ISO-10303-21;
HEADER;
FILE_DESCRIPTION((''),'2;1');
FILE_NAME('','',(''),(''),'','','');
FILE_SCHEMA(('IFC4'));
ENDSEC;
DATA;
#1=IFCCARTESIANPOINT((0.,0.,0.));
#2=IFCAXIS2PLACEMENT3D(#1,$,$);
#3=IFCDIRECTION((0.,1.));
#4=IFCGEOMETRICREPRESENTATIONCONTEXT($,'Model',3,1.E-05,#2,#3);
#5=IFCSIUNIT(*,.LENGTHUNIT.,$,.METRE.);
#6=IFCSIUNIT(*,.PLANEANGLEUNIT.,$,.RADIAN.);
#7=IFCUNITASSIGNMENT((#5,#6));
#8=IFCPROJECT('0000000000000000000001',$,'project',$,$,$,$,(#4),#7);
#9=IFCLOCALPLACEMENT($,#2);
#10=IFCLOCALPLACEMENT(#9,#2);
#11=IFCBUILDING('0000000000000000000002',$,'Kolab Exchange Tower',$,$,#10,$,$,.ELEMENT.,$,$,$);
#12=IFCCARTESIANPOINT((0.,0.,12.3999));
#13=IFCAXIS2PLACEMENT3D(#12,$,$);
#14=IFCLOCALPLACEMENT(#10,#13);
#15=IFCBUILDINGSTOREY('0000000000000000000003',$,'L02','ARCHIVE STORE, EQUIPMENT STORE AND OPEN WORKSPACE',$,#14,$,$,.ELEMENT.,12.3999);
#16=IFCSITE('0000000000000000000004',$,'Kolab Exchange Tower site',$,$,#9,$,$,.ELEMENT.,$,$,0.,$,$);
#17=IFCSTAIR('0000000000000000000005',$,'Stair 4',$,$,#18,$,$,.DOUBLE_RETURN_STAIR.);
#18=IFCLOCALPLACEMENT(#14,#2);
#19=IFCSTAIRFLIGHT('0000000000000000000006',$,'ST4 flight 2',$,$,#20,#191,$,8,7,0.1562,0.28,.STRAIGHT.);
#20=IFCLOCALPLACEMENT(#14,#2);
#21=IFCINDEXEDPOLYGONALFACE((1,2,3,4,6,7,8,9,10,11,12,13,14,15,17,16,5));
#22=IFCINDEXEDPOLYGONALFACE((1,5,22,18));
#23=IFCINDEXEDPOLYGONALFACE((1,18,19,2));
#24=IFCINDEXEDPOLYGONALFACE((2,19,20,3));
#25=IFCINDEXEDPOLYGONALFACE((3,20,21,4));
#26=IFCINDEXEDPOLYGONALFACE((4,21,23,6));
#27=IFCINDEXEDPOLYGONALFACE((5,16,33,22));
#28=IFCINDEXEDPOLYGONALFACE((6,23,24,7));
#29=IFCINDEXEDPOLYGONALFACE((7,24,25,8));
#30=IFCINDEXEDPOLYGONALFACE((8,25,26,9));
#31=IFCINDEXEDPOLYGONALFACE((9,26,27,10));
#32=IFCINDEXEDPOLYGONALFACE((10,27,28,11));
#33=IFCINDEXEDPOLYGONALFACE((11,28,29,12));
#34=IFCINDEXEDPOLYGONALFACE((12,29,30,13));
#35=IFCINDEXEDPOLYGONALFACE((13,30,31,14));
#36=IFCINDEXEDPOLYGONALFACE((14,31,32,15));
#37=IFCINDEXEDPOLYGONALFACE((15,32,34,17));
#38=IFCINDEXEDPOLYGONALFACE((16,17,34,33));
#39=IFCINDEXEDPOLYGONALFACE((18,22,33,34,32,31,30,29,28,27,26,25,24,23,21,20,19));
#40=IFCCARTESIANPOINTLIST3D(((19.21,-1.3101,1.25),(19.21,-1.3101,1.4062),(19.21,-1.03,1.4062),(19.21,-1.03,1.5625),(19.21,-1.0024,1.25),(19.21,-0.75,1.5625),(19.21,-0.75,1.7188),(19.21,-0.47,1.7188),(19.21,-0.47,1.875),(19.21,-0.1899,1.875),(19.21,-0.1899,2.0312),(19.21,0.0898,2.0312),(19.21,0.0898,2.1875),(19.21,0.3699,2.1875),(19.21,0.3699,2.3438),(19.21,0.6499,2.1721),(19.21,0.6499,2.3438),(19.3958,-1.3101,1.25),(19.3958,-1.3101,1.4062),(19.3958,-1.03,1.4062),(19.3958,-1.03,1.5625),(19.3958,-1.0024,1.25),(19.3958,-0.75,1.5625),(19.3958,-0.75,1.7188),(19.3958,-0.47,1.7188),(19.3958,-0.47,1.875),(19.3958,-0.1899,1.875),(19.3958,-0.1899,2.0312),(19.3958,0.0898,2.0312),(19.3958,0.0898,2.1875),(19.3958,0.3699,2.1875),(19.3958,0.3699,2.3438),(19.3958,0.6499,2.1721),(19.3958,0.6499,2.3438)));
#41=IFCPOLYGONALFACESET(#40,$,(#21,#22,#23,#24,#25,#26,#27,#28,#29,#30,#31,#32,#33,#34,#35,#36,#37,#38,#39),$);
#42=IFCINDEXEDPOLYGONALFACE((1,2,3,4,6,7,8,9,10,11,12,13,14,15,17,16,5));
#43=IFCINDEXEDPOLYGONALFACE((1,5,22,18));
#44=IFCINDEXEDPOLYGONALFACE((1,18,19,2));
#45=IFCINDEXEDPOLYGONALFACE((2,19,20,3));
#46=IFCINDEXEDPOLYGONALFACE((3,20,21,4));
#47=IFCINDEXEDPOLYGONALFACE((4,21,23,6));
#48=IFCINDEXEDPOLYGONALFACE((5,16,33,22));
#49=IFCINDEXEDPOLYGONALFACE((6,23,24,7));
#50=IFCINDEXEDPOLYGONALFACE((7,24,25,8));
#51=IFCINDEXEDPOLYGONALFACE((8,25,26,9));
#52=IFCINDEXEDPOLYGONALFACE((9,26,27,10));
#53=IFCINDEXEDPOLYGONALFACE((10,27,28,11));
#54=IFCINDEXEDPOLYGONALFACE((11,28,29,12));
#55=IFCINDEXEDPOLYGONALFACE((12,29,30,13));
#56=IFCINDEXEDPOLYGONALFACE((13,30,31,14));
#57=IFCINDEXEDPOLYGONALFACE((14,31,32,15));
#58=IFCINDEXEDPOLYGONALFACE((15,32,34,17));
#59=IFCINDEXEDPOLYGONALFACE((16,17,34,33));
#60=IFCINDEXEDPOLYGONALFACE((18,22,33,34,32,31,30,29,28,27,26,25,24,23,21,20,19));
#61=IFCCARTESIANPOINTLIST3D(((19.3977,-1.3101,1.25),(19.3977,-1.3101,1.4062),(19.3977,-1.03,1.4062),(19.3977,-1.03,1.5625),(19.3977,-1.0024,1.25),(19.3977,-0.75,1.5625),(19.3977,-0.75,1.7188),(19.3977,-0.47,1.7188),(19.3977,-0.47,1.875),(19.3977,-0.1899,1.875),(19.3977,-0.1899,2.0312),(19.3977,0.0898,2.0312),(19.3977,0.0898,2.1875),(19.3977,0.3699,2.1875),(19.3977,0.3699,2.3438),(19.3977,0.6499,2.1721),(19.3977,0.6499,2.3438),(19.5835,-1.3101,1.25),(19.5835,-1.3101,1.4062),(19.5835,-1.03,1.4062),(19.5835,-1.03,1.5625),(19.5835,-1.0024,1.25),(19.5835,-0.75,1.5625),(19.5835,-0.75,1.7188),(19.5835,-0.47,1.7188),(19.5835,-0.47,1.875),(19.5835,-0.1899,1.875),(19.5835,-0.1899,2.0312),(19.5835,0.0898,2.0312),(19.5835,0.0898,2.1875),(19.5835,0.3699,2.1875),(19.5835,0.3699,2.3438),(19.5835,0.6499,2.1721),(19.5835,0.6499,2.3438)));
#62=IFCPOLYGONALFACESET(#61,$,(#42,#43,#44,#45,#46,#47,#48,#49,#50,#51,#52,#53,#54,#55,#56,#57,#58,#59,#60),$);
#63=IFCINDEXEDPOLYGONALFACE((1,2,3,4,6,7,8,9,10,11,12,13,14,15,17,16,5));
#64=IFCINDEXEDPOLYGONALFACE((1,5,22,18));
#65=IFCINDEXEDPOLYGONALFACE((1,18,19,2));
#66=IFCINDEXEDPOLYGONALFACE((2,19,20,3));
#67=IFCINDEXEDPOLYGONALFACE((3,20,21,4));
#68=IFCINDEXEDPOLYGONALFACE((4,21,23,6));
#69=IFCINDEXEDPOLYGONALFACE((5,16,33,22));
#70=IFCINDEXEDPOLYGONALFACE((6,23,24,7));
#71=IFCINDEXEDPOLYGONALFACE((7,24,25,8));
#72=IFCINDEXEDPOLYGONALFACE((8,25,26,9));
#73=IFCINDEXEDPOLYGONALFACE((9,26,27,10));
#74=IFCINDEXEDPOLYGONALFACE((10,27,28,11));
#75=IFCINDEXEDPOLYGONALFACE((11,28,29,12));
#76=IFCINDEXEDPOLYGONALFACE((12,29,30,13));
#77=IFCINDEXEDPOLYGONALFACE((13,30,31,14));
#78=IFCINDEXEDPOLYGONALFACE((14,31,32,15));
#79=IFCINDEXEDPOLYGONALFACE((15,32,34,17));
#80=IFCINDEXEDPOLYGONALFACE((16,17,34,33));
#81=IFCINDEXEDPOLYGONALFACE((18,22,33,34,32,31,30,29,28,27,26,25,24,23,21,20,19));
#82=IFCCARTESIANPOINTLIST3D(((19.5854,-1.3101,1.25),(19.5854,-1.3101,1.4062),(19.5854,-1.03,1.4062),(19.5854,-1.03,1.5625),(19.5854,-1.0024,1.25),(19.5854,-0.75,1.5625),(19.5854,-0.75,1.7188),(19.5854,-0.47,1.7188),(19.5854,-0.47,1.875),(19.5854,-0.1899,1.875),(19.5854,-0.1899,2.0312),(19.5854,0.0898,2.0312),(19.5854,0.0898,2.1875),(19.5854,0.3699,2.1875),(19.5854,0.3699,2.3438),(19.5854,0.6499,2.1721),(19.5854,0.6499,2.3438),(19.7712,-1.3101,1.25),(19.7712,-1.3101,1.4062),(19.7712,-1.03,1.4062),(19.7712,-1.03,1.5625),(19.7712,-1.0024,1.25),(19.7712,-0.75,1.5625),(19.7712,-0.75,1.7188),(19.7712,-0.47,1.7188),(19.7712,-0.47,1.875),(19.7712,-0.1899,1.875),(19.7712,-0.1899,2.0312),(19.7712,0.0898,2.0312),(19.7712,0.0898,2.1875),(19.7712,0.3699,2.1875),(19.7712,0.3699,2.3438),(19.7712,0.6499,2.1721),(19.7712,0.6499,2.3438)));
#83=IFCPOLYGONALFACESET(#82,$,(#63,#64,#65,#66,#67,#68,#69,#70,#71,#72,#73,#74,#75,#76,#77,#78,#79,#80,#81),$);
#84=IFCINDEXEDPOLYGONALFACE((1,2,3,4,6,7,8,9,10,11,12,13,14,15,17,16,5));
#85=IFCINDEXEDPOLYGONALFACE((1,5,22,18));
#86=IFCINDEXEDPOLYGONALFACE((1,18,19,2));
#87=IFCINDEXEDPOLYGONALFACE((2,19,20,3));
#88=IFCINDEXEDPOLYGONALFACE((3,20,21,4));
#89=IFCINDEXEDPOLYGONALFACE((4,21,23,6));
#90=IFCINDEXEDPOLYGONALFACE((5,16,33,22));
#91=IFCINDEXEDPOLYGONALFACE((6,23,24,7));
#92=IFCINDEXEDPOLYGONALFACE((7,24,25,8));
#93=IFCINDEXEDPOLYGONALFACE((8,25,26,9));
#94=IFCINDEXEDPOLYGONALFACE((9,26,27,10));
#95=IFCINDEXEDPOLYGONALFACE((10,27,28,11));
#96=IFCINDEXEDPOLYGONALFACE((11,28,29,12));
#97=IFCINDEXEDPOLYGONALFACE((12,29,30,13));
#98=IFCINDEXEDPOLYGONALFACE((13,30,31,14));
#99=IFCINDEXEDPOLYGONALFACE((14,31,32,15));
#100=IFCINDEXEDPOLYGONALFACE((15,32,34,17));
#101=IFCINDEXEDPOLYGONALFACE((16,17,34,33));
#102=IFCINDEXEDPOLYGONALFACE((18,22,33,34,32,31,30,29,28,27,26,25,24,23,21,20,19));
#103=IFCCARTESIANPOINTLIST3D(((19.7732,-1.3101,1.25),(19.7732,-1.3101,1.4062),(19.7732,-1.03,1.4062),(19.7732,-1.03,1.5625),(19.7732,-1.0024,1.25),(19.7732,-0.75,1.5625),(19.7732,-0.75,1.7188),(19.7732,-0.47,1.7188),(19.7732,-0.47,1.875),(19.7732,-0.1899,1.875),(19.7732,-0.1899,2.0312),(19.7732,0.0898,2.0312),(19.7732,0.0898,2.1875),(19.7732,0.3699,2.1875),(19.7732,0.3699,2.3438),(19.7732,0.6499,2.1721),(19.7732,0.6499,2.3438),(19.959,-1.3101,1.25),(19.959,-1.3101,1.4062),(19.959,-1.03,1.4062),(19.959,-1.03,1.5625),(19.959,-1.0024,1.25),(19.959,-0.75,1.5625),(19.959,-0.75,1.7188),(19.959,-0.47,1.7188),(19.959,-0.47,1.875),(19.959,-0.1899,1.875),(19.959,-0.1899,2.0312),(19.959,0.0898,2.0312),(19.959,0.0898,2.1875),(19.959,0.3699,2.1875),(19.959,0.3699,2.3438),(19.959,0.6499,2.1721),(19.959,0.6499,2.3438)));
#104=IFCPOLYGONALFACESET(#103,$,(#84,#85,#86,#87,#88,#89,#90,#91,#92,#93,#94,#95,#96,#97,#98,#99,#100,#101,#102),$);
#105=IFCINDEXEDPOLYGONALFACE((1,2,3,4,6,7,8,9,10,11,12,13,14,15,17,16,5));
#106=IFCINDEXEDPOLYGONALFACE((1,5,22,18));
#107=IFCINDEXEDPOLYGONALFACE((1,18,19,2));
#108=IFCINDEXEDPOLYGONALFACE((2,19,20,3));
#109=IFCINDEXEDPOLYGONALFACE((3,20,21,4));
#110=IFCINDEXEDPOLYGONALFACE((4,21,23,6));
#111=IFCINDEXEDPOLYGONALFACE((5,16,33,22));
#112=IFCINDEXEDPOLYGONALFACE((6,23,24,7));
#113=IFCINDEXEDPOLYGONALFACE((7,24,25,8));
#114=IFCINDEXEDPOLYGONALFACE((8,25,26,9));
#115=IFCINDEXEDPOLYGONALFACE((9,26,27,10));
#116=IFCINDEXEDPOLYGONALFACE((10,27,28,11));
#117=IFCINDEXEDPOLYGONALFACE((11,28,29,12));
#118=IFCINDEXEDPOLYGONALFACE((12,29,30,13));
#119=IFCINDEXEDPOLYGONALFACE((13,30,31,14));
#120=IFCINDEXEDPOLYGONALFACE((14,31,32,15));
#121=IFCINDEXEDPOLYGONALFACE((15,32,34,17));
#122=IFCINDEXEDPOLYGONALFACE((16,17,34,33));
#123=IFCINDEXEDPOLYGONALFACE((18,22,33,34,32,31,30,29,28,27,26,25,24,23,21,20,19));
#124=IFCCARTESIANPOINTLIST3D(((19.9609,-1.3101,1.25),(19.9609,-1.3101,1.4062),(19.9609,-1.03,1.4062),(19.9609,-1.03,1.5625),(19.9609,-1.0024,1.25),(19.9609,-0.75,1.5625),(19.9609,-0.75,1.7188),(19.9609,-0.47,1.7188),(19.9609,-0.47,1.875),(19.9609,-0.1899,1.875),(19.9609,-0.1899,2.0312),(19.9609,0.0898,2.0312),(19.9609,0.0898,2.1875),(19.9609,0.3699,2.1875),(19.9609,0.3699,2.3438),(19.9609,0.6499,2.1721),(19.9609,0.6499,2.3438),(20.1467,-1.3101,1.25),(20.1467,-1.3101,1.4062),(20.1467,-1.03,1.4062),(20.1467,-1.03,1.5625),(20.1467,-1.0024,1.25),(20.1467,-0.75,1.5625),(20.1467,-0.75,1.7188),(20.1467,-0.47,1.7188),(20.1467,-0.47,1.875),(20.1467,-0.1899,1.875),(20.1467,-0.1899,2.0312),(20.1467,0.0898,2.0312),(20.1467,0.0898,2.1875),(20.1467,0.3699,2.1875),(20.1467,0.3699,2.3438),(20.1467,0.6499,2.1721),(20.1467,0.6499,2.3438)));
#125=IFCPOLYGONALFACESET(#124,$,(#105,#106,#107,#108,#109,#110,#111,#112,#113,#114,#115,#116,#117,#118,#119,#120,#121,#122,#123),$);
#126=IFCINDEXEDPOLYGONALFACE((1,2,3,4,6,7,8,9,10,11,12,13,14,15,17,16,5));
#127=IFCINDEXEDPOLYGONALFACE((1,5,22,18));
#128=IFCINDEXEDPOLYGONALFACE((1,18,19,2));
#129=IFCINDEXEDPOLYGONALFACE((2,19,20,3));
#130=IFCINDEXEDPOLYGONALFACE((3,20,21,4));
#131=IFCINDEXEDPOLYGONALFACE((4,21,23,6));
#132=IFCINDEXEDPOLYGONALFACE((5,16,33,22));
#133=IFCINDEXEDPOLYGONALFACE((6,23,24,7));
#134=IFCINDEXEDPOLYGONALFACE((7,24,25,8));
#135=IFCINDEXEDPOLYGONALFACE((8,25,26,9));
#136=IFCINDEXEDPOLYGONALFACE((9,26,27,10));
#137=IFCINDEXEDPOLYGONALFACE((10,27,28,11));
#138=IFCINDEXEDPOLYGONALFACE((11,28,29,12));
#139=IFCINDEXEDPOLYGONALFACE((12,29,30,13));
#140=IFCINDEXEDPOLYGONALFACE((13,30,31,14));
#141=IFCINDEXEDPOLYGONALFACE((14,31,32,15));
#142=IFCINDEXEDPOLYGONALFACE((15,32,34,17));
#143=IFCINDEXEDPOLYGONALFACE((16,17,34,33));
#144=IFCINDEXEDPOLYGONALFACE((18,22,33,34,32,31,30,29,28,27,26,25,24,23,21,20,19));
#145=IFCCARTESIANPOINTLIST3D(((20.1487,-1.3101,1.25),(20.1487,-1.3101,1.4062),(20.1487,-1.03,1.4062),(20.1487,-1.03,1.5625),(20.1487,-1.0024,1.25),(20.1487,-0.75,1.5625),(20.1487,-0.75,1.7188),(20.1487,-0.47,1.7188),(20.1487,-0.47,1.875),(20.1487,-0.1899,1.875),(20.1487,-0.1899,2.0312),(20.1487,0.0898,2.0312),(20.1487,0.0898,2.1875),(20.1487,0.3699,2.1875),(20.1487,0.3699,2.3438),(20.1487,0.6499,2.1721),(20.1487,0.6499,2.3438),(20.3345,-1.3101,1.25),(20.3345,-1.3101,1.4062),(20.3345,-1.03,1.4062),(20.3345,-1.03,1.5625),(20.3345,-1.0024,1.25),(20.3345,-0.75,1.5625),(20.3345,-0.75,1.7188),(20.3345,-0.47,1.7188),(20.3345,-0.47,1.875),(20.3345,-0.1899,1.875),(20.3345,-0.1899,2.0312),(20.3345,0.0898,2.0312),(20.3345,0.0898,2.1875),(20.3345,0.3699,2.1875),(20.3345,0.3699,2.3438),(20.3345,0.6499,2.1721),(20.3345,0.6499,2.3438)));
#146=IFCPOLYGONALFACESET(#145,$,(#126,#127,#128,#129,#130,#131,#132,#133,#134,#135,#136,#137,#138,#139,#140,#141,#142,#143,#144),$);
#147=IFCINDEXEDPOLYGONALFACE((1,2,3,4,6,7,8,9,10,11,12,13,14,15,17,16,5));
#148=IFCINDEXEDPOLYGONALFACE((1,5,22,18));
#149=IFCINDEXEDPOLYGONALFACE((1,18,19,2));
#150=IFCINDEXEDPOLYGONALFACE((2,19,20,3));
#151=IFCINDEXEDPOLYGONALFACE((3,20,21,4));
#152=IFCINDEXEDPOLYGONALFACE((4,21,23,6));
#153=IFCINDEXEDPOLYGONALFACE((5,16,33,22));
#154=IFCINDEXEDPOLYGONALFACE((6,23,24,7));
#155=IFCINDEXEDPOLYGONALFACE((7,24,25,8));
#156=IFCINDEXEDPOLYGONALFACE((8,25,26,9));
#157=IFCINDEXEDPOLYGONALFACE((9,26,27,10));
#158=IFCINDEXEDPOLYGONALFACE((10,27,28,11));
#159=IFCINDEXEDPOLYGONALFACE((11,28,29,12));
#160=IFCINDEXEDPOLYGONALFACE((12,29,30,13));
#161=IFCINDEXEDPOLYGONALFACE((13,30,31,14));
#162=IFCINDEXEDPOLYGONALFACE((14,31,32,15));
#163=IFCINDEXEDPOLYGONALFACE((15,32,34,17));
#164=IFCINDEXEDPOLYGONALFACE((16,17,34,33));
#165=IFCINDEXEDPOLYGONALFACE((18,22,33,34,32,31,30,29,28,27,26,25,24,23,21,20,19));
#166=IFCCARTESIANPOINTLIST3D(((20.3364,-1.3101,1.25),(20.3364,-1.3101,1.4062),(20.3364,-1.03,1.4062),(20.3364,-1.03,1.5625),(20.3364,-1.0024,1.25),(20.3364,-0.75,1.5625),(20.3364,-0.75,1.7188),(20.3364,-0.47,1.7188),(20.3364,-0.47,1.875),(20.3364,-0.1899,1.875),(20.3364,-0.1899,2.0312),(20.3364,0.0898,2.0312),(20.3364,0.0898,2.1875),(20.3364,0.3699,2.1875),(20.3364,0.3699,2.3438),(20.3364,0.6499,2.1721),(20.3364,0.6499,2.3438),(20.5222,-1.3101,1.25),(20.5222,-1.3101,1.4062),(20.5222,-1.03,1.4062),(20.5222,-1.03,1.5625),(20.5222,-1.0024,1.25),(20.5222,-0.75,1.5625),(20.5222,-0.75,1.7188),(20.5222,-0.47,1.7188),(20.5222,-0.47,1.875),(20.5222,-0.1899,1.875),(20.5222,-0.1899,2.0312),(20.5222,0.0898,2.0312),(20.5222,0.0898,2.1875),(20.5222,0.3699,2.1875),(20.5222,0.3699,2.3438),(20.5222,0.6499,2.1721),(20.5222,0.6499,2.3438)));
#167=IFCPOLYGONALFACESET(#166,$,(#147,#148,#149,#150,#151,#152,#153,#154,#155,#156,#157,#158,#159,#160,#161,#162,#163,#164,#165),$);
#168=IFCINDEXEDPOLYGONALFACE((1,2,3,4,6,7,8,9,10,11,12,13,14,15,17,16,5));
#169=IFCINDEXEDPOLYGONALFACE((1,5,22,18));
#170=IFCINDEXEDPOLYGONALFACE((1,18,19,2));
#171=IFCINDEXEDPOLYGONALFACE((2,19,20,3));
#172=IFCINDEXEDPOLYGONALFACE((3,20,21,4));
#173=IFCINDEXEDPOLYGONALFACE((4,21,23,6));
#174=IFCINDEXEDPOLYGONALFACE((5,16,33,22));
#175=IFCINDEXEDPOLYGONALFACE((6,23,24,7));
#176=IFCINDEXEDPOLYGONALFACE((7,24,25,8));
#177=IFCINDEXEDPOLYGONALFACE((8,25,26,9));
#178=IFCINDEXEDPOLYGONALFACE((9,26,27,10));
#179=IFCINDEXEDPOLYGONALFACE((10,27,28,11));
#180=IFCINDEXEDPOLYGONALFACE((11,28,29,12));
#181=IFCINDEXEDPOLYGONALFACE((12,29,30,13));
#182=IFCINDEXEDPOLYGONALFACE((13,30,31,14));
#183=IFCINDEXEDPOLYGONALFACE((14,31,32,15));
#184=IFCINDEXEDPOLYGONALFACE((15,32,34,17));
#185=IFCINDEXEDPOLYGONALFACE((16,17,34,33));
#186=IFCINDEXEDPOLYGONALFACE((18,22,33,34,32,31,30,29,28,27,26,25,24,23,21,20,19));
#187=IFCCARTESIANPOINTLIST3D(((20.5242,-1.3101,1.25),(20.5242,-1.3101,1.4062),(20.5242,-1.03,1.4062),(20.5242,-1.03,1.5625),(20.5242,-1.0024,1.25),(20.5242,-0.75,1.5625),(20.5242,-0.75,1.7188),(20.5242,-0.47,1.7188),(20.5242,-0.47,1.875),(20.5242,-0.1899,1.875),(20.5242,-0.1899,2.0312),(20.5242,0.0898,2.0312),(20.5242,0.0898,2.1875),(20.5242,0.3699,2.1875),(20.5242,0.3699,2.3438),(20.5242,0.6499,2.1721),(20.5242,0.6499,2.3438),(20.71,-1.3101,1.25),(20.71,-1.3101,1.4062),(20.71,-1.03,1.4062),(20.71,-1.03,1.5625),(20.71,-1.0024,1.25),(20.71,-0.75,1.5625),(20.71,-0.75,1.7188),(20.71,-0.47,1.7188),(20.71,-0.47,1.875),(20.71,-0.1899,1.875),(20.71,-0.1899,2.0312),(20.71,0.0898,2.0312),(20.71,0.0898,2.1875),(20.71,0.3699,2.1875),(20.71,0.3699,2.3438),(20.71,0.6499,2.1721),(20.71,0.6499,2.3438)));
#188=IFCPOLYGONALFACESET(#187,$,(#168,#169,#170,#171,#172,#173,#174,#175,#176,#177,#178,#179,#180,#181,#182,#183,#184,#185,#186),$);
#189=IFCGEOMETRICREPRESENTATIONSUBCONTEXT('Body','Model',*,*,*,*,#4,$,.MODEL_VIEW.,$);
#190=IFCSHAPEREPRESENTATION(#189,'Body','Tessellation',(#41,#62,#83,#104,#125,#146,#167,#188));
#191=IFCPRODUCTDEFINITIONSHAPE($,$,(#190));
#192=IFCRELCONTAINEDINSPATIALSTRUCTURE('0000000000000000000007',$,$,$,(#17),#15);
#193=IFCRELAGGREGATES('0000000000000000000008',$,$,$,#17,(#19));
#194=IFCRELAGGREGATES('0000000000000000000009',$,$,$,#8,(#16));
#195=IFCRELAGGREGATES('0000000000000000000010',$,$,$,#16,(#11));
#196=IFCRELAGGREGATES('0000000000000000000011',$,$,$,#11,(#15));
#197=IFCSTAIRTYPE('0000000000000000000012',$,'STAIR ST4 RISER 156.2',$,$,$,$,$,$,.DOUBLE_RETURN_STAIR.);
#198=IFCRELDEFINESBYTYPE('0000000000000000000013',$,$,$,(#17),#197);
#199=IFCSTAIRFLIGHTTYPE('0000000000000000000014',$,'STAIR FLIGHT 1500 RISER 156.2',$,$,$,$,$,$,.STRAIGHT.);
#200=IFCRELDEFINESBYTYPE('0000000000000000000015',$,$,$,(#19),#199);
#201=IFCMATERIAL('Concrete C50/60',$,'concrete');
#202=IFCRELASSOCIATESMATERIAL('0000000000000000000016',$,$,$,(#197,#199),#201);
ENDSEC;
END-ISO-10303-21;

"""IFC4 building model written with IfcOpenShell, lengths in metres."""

from ifc_helpers import new_model, si_unit, direction, frame, origin, place, context, subcontext, project, spatial, polyline, outline, extrude, material, type_object, element, aggregate, save


model = new_model("IFC4")

# Units and contexts
model_context = context("Model", 3, precision=1e-05, world=origin(), true_north=direction((0.0, 1.0)))
body_context = subcontext(model_context, "Body", "Model", "MODEL_VIEW")
ifc_project = project(units=[si_unit("LENGTHUNIT", "METRE"), si_unit("PLANEANGLEUNIT", "RADIAN")], contexts=[model_context])

# Site, building, storey
site_placement = place(None, origin())
site = spatial("IfcSite", under=ifc_project, at=site_placement, Name="Kolab Exchange Tower site", CompositionType="ELEMENT", RefElevation=0.0)
building_placement = place(site_placement, origin())
building = spatial("IfcBuilding", under=site, at=building_placement, Name="Kolab Exchange Tower", CompositionType="ELEMENT")
storey_placement = place(building_placement, frame((0.0, 0.0, 12.3999)))
storey = spatial("IfcBuildingStorey", under=building, at=storey_placement, Name="L02", Description="ARCHIVE STORE, EQUIPMENT STORE AND OPEN WORKSPACE", CompositionType="ELEMENT", Elevation=12.3999)

# Shared definitions
ifc_material_1 = material(Name="Concrete C50/60", Category="concrete")

# Stair, stair flight
stair_type = type_object("IfcStairType", Name="STAIR ST4 RISER 156.2", PredefinedType="DOUBLE_RETURN_STAIR", material=ifc_material_1)
stair_placement = place(storey_placement, origin())
stair = element("IfcStair", 1, at=stair_placement, inside=storey, type_object=stair_type, Name="Stair 4", PredefinedType="DOUBLE_RETURN_STAIR")
stair_flight_type = type_object("IfcStairFlightType", Name="STAIR FLIGHT 1500 RISER 156.2", PredefinedType="STRAIGHT", material=ifc_material_1)
stair_flight_1_placement = place(storey_placement, frame((19.96, -1.3101, 1.25), z_axis=(0.0, 0.0, 1.0), x_axis=(0.0, 1.0, 0.0)))
stair_flight_1 = element("IfcStairFlight", 2, at=stair_flight_1_placement, type_object=stair_flight_type, Name="ST4 flight 2", NumberOfRisers=8, NumberOfTreads=7, PredefinedType="STRAIGHT", RiserHeight=0.1562, TreadLength=0.28, context=body_context, shape_type="SweptSolid", body=[
    extrude(outline(polyline([(0.0, 0.0), (0.0, 0.1562), (0.28, 0.1562), (0.28, 0.3125), (0.5601, 0.3125), (0.5601, 0.4688), (0.8401, 0.4688), (0.8401, 0.625), (1.1201, 0.625), (1.1201, 0.7812), (1.3999, 0.7812), (1.3999, 0.9375), (1.6799, 0.9375), (1.6799, 1.0938), (1.96, 1.0938), (1.96, 1.25), (1.96, 0.9221), (0.3076, 0.0), (0.0, 0.0)])), frame((0.0, 0.75, 0.0), z_axis=(0.0, -1.0, 0.0), x_axis=(1.0, 0.0, 0.0)), (0.0, 0.0, 1.0), 0.1858),
    extrude(outline(polyline([(0.0, 0.0), (0.0, 0.1562), (0.28, 0.1562), (0.28, 0.3125), (0.5601, 0.3125), (0.5601, 0.4688), (0.8401, 0.4688), (0.8401, 0.625), (1.1201, 0.625), (1.1201, 0.7812), (1.3999, 0.7812), (1.3999, 0.9375), (1.6799, 0.9375), (1.6799, 1.0938), (1.96, 1.0938), (1.96, 1.25), (1.96, 0.9221), (0.3076, 0.0), (0.0, 0.0)])), frame((0.0, 0.5623, 0.0), z_axis=(0.0, -1.0, 0.0), x_axis=(1.0, 0.0, 0.0)), (0.0, 0.0, 1.0), 0.1858),
    extrude(outline(polyline([(0.0, 0.0), (0.0, 0.1562), (0.28, 0.1562), (0.28, 0.3125), (0.5601, 0.3125), (0.5601, 0.4688), (0.8401, 0.4688), (0.8401, 0.625), (1.1201, 0.625), (1.1201, 0.7812), (1.3999, 0.7812), (1.3999, 0.9375), (1.6799, 0.9375), (1.6799, 1.0938), (1.96, 1.0938), (1.96, 1.25), (1.96, 0.9221), (0.3076, 0.0), (0.0, 0.0)])), frame((0.0, 0.3745, 0.0), z_axis=(0.0, -1.0, 0.0), x_axis=(1.0, 0.0, 0.0)), (0.0, 0.0, 1.0), 0.1858),
    extrude(outline(polyline([(0.0, 0.0), (0.0, 0.1562), (0.28, 0.1562), (0.28, 0.3125), (0.5601, 0.3125), (0.5601, 0.4688), (0.8401, 0.4688), (0.8401, 0.625), (1.1201, 0.625), (1.1201, 0.7812), (1.3999, 0.7812), (1.3999, 0.9375), (1.6799, 0.9375), (1.6799, 1.0938), (1.96, 1.0938), (1.96, 1.25), (1.96, 0.9221), (0.3076, 0.0), (0.0, 0.0)])), frame((0.0, 0.1868, 0.0), z_axis=(0.0, -1.0, 0.0), x_axis=(1.0, 0.0, 0.0)), (0.0, 0.0, 1.0), 0.1858),
    extrude(outline(polyline([(0.0, 0.0), (0.0, 0.1562), (0.28, 0.1562), (0.28, 0.3125), (0.5601, 0.3125), (0.5601, 0.4688), (0.8401, 0.4688), (0.8401, 0.625), (1.1201, 0.625), (1.1201, 0.7812), (1.3999, 0.7812), (1.3999, 0.9375), (1.6799, 0.9375), (1.6799, 1.0938), (1.96, 1.0938), (1.96, 1.25), (1.96, 0.9221), (0.3076, 0.0), (0.0, 0.0)])), frame((0.0, -0.001, 0.0), z_axis=(0.0, -1.0, 0.0), x_axis=(1.0, 0.0, 0.0)), (0.0, 0.0, 1.0), 0.1858),
    extrude(outline(polyline([(0.0, 0.0), (0.0, 0.1562), (0.28, 0.1562), (0.28, 0.3125), (0.5601, 0.3125), (0.5601, 0.4688), (0.8401, 0.4688), (0.8401, 0.625), (1.1201, 0.625), (1.1201, 0.7812), (1.3999, 0.7812), (1.3999, 0.9375), (1.6799, 0.9375), (1.6799, 1.0938), (1.96, 1.0938), (1.96, 1.25), (1.96, 0.9221), (0.3076, 0.0), (0.0, 0.0)])), frame((0.0, -0.1887, 0.0), z_axis=(0.0, -1.0, 0.0), x_axis=(1.0, 0.0, 0.0)), (0.0, 0.0, 1.0), 0.1858),
    extrude(outline(polyline([(0.0, 0.0), (0.0, 0.1562), (0.28, 0.1562), (0.28, 0.3125), (0.5601, 0.3125), (0.5601, 0.4688), (0.8401, 0.4688), (0.8401, 0.625), (1.1201, 0.625), (1.1201, 0.7812), (1.3999, 0.7812), (1.3999, 0.9375), (1.6799, 0.9375), (1.6799, 1.0938), (1.96, 1.0938), (1.96, 1.25), (1.96, 0.9221), (0.3076, 0.0), (0.0, 0.0)])), frame((0.0, -0.3765, 0.0), z_axis=(0.0, -1.0, 0.0), x_axis=(1.0, 0.0, 0.0)), (0.0, 0.0, 1.0), 0.1858),
    extrude(outline(polyline([(0.0, 0.0), (0.0, 0.1562), (0.28, 0.1562), (0.28, 0.3125), (0.5601, 0.3125), (0.5601, 0.4688), (0.8401, 0.4688), (0.8401, 0.625), (1.1201, 0.625), (1.1201, 0.7812), (1.3999, 0.7812), (1.3999, 0.9375), (1.6799, 0.9375), (1.6799, 1.0938), (1.96, 1.0938), (1.96, 1.25), (1.96, 0.9221), (0.3076, 0.0), (0.0, 0.0)])), frame((0.0, -0.5642, 0.0), z_axis=(0.0, -1.0, 0.0), x_axis=(1.0, 0.0, 0.0)), (0.0, 0.0, 1.0), 0.1858),
])
aggregate(stair, [stair_flight_1])

save(model, "model.ifc")
